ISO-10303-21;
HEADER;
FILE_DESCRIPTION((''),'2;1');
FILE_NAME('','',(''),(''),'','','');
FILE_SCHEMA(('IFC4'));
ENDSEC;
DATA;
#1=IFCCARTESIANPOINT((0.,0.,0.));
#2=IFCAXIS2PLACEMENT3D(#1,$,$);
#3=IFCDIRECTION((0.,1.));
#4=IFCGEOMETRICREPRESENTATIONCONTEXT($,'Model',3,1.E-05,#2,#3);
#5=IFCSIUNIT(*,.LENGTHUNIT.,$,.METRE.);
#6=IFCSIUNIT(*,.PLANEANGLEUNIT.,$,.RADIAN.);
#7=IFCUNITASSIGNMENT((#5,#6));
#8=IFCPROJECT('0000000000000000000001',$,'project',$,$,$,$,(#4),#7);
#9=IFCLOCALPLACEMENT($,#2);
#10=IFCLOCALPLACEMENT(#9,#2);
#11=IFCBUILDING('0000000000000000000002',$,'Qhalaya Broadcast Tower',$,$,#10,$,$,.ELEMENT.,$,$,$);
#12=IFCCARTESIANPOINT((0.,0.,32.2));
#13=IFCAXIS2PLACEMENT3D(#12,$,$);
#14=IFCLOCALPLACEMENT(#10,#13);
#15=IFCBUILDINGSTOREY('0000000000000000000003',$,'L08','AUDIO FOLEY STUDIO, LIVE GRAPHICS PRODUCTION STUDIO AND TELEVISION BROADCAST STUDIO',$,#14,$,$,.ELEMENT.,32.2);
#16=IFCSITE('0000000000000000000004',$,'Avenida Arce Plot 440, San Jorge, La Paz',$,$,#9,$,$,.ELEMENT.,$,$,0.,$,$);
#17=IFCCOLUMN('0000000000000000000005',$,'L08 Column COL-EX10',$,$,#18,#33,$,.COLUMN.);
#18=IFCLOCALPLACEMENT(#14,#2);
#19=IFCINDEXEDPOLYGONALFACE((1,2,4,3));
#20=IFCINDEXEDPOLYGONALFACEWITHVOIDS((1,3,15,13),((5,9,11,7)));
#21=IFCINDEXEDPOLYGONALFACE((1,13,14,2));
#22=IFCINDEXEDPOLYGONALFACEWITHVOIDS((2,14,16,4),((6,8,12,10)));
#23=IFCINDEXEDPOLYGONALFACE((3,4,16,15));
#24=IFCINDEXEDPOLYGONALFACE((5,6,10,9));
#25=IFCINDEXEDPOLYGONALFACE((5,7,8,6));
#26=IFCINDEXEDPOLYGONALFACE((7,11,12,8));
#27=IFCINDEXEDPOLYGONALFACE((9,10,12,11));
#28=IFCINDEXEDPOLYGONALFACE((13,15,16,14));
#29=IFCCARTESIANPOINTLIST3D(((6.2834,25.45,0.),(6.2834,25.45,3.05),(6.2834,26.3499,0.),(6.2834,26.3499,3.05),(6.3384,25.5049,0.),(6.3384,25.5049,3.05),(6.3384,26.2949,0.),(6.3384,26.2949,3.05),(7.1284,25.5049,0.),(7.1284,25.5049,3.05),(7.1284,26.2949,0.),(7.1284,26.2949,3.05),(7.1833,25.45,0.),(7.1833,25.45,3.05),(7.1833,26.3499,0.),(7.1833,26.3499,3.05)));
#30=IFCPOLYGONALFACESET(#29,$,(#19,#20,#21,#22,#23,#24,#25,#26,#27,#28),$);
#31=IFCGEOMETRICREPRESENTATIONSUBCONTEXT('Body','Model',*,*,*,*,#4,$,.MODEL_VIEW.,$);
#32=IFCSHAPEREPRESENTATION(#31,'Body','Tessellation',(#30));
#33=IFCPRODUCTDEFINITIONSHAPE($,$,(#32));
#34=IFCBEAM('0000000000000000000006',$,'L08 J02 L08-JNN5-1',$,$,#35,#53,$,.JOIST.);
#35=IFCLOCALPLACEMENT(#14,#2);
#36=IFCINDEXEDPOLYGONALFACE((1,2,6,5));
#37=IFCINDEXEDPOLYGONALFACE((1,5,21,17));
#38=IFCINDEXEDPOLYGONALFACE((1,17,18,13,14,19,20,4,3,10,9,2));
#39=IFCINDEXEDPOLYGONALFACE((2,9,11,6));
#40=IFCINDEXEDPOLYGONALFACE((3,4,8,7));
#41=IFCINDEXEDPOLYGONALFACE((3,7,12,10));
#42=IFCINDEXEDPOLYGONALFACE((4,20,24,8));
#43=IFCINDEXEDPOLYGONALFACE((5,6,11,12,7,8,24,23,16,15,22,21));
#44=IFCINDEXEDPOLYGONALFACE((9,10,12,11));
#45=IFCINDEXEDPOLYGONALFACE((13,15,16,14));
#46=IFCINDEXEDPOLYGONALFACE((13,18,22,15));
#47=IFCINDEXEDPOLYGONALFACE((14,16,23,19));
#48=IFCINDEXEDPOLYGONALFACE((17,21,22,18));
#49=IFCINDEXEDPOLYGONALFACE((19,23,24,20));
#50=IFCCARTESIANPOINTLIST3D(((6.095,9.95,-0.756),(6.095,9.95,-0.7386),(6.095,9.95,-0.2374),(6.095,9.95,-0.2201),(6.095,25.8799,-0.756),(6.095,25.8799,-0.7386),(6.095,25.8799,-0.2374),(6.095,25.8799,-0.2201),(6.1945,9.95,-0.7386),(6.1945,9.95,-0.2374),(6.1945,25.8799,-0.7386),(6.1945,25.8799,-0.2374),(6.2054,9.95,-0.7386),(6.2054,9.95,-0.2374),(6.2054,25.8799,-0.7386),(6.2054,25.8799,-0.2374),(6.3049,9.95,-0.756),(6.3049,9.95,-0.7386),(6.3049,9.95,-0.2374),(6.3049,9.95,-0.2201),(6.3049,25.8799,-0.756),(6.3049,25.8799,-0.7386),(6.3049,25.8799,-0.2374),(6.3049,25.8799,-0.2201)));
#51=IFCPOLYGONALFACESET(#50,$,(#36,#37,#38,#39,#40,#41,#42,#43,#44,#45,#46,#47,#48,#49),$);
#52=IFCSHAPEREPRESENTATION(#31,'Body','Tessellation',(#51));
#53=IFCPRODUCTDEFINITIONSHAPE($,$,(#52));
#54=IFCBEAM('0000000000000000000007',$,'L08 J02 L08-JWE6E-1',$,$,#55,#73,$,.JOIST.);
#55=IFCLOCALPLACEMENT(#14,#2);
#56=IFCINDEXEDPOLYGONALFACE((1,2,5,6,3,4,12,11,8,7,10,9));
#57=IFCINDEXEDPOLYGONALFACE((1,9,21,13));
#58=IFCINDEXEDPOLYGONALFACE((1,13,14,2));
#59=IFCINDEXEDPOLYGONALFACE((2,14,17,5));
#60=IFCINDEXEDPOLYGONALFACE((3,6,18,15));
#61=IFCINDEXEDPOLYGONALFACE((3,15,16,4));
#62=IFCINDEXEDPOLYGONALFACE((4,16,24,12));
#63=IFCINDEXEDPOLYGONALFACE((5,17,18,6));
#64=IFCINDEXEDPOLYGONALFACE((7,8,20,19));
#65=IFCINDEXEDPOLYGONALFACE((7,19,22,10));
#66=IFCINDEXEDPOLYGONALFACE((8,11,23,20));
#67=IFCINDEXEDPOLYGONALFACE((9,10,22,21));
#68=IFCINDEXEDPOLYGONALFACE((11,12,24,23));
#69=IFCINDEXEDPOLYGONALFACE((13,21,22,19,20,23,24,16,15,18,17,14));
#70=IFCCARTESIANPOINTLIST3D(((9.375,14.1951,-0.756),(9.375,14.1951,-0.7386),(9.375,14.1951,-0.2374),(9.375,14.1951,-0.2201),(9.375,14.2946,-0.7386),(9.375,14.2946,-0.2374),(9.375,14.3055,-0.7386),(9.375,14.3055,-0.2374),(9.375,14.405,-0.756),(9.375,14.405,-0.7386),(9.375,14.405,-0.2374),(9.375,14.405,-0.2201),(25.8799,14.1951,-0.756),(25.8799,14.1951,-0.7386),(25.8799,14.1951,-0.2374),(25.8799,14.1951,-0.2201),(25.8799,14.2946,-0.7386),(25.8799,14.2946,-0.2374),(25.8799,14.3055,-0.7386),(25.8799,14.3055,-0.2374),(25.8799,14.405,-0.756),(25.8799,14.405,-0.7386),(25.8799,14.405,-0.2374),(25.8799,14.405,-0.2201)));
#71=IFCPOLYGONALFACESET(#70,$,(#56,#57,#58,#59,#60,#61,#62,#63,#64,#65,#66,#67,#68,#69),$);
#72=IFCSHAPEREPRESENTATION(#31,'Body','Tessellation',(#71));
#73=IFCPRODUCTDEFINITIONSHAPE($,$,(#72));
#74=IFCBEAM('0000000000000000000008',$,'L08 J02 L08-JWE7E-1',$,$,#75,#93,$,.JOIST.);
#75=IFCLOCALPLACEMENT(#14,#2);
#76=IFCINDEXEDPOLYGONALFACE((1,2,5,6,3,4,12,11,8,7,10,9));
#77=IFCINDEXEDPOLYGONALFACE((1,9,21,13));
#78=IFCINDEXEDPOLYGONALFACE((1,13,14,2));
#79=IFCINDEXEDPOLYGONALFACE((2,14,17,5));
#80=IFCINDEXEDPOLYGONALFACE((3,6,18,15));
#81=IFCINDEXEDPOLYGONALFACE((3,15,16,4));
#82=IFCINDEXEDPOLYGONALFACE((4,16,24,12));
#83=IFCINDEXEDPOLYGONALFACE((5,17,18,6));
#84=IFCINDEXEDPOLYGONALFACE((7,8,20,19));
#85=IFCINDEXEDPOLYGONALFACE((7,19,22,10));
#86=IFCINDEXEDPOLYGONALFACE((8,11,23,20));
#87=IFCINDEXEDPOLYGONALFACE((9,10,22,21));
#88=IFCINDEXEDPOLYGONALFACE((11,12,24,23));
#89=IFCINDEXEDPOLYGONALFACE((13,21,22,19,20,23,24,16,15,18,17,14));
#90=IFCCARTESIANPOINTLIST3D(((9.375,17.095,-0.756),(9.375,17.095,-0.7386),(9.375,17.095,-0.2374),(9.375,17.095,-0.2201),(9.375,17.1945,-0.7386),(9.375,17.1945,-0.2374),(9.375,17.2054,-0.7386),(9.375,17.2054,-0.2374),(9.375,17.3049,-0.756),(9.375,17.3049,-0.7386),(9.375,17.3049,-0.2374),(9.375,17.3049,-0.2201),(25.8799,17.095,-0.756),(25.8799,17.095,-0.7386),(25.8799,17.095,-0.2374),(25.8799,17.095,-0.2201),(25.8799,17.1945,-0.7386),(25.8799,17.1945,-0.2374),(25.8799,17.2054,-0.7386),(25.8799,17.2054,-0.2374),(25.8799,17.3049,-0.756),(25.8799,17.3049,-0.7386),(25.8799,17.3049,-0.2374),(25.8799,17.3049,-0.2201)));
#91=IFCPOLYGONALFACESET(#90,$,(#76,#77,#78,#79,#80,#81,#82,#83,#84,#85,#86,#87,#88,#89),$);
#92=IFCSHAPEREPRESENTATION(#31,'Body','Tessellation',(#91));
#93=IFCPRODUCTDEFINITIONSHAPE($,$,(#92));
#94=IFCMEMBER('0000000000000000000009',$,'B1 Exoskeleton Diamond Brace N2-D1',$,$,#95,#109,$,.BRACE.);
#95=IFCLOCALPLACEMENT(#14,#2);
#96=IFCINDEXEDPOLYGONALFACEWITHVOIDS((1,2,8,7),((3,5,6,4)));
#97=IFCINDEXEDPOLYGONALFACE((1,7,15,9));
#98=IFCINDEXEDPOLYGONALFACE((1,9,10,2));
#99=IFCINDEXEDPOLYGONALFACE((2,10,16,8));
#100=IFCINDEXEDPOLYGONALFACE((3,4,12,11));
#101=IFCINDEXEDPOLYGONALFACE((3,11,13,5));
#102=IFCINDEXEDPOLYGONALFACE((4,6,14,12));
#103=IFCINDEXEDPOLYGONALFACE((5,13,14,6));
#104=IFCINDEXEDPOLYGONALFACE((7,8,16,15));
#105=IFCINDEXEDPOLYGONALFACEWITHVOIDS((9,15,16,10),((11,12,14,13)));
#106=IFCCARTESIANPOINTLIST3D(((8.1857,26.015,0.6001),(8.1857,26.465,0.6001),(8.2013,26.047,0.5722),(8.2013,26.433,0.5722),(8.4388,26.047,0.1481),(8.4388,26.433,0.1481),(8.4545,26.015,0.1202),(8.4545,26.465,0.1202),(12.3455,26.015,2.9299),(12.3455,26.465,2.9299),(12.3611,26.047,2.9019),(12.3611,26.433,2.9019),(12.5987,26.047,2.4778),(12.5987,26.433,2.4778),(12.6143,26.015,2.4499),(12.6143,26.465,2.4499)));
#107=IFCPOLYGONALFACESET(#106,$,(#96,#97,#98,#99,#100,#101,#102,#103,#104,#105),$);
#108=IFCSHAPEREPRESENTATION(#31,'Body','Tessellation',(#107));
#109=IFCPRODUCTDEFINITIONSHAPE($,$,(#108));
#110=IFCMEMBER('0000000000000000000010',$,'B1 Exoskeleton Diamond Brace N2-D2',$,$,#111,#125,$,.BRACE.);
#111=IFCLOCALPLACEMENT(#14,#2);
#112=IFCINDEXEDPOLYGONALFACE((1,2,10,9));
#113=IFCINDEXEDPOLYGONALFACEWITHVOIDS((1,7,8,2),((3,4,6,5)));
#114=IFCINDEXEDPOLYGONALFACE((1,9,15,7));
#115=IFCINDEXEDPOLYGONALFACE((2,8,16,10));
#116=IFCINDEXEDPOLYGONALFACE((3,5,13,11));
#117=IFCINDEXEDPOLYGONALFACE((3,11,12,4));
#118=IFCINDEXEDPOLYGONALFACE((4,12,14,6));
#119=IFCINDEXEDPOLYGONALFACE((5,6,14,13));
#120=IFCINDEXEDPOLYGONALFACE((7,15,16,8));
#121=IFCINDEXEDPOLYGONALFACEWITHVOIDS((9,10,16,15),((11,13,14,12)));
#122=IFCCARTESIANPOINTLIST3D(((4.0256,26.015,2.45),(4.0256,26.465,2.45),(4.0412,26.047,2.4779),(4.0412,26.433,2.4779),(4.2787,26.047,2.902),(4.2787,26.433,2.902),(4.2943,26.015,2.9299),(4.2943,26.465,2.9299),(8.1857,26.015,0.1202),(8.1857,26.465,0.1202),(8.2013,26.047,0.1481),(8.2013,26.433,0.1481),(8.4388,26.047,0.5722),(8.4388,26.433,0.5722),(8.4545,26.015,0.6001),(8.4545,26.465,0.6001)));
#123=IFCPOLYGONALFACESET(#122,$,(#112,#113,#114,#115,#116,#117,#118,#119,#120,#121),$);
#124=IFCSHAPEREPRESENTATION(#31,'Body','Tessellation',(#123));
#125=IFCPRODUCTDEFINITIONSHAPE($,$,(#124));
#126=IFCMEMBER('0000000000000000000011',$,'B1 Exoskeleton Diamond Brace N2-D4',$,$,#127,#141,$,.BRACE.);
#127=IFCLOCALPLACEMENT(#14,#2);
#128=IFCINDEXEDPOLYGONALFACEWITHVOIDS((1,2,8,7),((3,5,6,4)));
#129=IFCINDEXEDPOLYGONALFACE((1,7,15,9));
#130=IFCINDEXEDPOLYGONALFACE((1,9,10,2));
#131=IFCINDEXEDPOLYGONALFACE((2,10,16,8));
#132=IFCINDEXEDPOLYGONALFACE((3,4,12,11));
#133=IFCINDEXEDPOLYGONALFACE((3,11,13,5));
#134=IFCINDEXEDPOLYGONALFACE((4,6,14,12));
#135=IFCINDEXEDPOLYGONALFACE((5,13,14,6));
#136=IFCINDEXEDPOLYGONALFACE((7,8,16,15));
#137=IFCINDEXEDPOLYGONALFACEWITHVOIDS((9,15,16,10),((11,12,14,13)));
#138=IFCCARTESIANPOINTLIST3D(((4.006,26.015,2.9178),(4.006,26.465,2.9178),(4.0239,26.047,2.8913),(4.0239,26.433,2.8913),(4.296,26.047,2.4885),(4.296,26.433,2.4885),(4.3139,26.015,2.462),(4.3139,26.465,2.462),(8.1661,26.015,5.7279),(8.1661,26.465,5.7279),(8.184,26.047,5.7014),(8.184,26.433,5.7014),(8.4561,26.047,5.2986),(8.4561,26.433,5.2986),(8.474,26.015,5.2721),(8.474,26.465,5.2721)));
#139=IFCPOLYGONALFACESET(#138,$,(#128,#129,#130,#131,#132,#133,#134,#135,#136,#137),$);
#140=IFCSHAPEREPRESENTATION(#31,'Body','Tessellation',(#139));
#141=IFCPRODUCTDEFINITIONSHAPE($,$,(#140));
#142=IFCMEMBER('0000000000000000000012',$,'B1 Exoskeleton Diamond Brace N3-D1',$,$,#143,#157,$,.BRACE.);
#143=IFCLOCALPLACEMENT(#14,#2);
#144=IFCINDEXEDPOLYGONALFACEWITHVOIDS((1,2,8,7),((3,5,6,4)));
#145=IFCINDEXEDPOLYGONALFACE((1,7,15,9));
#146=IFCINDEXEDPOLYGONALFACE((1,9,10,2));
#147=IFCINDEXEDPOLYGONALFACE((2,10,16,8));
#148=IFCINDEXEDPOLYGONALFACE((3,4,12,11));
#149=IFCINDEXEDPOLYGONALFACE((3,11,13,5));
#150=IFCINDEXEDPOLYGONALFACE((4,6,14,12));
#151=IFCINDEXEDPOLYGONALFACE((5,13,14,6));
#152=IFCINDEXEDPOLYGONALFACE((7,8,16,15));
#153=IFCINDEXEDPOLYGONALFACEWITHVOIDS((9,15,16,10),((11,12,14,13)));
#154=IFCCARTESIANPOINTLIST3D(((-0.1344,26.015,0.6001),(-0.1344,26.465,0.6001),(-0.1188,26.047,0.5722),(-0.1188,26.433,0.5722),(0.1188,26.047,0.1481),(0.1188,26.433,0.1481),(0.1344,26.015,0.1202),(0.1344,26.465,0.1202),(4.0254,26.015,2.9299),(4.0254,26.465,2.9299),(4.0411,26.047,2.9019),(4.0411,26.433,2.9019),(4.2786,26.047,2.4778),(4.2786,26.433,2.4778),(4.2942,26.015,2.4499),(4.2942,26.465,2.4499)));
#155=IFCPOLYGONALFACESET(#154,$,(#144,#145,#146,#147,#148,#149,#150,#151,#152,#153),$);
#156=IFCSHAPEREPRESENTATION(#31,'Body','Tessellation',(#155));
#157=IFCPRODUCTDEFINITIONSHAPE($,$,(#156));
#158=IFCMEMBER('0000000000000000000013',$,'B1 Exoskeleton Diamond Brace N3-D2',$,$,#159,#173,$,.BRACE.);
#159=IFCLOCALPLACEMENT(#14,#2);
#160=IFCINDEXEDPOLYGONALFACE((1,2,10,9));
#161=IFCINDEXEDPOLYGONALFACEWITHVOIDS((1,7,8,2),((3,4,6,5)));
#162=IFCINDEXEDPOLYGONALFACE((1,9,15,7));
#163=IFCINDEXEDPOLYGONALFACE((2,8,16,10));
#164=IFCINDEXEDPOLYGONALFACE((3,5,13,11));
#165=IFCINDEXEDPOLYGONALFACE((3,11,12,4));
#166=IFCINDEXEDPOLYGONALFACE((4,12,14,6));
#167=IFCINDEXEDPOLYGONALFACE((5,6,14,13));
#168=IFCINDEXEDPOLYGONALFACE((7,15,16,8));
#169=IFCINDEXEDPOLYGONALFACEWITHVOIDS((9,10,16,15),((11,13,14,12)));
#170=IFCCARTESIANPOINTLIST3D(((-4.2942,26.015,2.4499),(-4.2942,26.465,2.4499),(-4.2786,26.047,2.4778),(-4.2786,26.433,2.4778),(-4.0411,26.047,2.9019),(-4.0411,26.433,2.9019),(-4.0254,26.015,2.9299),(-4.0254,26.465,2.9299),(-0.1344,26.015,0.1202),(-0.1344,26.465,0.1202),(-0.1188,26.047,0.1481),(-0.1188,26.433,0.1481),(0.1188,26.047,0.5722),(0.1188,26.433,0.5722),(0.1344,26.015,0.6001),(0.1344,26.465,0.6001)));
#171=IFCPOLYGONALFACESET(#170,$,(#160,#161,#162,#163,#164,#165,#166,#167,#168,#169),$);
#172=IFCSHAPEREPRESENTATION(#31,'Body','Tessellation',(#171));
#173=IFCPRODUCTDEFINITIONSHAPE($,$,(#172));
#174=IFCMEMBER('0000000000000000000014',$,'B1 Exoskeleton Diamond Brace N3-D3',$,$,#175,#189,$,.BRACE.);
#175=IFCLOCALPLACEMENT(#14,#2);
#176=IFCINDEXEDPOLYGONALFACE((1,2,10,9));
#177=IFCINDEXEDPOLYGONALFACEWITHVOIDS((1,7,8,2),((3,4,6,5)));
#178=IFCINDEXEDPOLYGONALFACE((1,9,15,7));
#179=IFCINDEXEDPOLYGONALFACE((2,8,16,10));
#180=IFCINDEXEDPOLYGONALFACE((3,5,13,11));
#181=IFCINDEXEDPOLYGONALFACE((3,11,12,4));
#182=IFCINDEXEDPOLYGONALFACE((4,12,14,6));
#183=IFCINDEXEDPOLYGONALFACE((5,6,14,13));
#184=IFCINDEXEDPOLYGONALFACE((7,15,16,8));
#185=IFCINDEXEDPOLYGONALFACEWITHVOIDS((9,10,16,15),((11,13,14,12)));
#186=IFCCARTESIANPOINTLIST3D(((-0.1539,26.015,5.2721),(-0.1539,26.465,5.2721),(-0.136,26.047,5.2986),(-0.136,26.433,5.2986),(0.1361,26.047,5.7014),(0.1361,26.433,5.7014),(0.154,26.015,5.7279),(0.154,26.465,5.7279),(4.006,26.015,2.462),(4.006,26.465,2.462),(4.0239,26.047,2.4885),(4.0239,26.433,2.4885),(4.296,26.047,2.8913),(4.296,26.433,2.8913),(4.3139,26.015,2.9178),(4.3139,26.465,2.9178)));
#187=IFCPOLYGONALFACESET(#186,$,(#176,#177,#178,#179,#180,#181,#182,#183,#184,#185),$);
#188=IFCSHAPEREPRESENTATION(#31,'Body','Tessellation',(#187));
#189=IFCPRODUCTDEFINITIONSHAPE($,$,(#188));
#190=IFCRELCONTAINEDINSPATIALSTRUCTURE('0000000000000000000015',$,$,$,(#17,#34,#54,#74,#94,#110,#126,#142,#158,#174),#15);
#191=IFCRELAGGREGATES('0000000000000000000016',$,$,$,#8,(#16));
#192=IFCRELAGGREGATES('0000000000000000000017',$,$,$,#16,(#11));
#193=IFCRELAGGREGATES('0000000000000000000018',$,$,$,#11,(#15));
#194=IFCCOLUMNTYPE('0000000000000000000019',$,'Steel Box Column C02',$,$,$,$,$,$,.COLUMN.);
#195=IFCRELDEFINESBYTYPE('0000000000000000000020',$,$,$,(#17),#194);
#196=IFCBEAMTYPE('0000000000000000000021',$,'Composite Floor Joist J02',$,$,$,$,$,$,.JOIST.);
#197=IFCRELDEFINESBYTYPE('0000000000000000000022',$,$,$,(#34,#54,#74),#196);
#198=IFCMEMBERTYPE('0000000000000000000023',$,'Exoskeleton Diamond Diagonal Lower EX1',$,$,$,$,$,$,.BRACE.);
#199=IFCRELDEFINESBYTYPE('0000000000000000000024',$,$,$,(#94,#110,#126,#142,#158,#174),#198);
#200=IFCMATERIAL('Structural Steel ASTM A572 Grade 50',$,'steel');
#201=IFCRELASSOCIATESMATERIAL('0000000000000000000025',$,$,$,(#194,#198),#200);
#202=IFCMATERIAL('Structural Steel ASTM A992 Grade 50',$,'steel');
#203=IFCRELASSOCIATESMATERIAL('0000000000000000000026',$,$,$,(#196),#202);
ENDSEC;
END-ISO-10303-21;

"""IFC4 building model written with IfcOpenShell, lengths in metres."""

from ifc_helpers import new_model, si_unit, direction, frame, origin, origin_2d, place, context, subcontext, project, spatial, hollow_rectangle, i_section, extrude, material, material_profile, profile_set, type_object, element, save


model = new_model("IFC4")

# Units and contexts
model_context = context("Model", 3, precision=1e-05, world=origin(), true_north=direction((0.0, 1.0)))
body_context = subcontext(model_context, "Body", "Model", "MODEL_VIEW")
ifc_project = project(units=[si_unit("LENGTHUNIT", "METRE"), si_unit("PLANEANGLEUNIT", "RADIAN")], contexts=[model_context])

# Site, building, storey
site_placement = place(None, origin())
site = spatial("IfcSite", under=ifc_project, at=site_placement, Name="Avenida Arce Plot 440, San Jorge, La Paz", CompositionType="ELEMENT", RefElevation=0.0)
building_placement = place(site_placement, origin())
building = spatial("IfcBuilding", under=site, at=building_placement, Name="Qhalaya Broadcast Tower", CompositionType="ELEMENT")
storey_placement = place(building_placement, frame((0.0, 0.0, 32.2)))
storey = spatial("IfcBuildingStorey", under=building, at=storey_placement, Name="L08", Description="AUDIO FOLEY STUDIO, LIVE GRAPHICS PRODUCTION STUDIO AND TELEVISION BROADCAST STUDIO", CompositionType="ELEMENT", Elevation=32.2)

# Column
ifc_material_1 = material(Name="Structural Steel ASTM A572 Grade 50", Category="steel")
ifc_material_profile_1 = material_profile(ifc_material_1, hollow_rectangle(XDim=0.8999, YDim=0.8999, WallThickness=0.0549, at=origin_2d()), Name="BOX 900x900x55")
ifc_profile_set_1 = profile_set([ifc_material_profile_1], Name="Structural Steel ASTM A572 Grade 50")
column_type = type_object("IfcColumnType", Name="Steel Box Column C02", PredefinedType="COLUMN", material=ifc_profile_set_1)
column_placement = place(storey_placement, frame((6.7334, 25.8999, 0.0), z_axis=(0.0, 0.0, 1.0), x_axis=(1.0, 0.0, 0.0)))
element("IfcColumn", 1, at=column_placement, inside=storey, type_object=column_type, Name="L08 Column COL-EX10", PredefinedType="COLUMN", context=body_context, shape_type="SweptSolid", body=[
    extrude(hollow_rectangle(XDim=0.8999, YDim=0.8999, WallThickness=0.0549, at=origin_2d()), origin(), (0.0, 0.0, 1.0), 3.05),
])

# Beams
ifc_material_2 = material(Name="Structural Steel ASTM A992 Grade 50", Category="steel")
ifc_material_profile_2 = material_profile(ifc_material_2, i_section(OverallWidth=0.21, OverallDepth=0.5359, WebThickness=0.011, FlangeThickness=0.0173, at=origin_2d()), Name="W21X68")
ifc_profile_set_2 = profile_set([ifc_material_profile_2], Name="Structural Steel ASTM A992 Grade 50")
beam_type_1 = type_object("IfcBeamType", Name="Composite Floor Joist J02", PredefinedType="JOIST", material=ifc_profile_set_2)
beam_1_placement = place(storey_placement, frame((6.2, 9.95, -0.488), z_axis=(0.0, 1.0, 0.0), x_axis=(-1.0, 0.0, 0.0)))
element("IfcBeam", 2, at=beam_1_placement, inside=storey, type_object=beam_type_1, Name="L08 J02 L08-JNN5-1", PredefinedType="JOIST", context=body_context, shape_type="SweptSolid", body=[
    extrude(i_section(OverallWidth=0.21, OverallDepth=0.5359, WebThickness=0.011, FlangeThickness=0.0173, at=origin_2d()), origin(), (0.0, 0.0, 1.0), 15.9299),
])
for number, where, z_axis, x_axis, name in (
    (3, (9.375, 14.3, -0.488), (1.0, 0.0, 0.0), (0.0, 1.0, 0.0), "L08 J02 L08-JWE6E-1"),
    (4, (9.375, 17.2, -0.488), (1.0, 0.0, 0.0), (0.0, 1.0, 0.0), "L08 J02 L08-JWE7E-1"),
):
    element("IfcBeam", number, at=place(storey_placement, frame(where, z_axis=z_axis, x_axis=x_axis)), inside=storey, type_object=beam_type_1, Name=name, PredefinedType="JOIST", context=body_context, shape_type="SweptSolid", body=[
        extrude(i_section(OverallWidth=0.21, OverallDepth=0.5359, WebThickness=0.011, FlangeThickness=0.0173, at=origin_2d()), origin(), (0.0, 0.0, 1.0), 16.5049),
    ])

# Members
ifc_material_profile_3 = material_profile(ifc_material_1, hollow_rectangle(XDim=0.45, YDim=0.55, WallThickness=0.032, at=origin_2d()), Name="BOX 450x550x32")
ifc_profile_set_3 = profile_set([ifc_material_profile_3], Name="Structural Steel ASTM A572 Grade 50")
member_type = type_object("IfcMemberType", Name="Exoskeleton Diamond Diagonal Lower EX1", PredefinedType="BRACE", material=ifc_profile_set_3)
member_1_placement = place(storey_placement, frame((8.3201, 26.24, 0.3601), z_axis=(0.872481, 0.0, 0.488649), x_axis=(0.0, 1.0, 0.0)))
element("IfcMember", 5, at=member_1_placement, inside=storey, type_object=member_type, Name="B1 Exoskeleton Diamond Brace N2-D1", PredefinedType="BRACE", context=body_context, shape_type="SweptSolid", body=[
    extrude(hollow_rectangle(XDim=0.45, YDim=0.55, WallThickness=0.032, at=origin_2d()), origin(), (0.0, 0.0, 1.0), 4.7678),
])
member_2_placement = place(storey_placement, frame((8.3201, 26.24, 0.3601), z_axis=(-0.872493, 0.0, 0.488627), x_axis=(0.0, -1.0, 0.0)))
element("IfcMember", 6, at=member_2_placement, inside=storey, type_object=member_type, Name="B1 Exoskeleton Diamond Brace N2-D2", PredefinedType="BRACE", context=body_context, shape_type="SweptSolid", body=[
    extrude(hollow_rectangle(XDim=0.45, YDim=0.55, WallThickness=0.032, at=origin_2d()), origin(), (0.0, 0.0, 1.0), 4.7681),
])
member_3_placement = place(storey_placement, frame((4.1599, 26.24, 2.6899), z_axis=(0.828668, 0.0, 0.55974), x_axis=(0.0, 1.0, 0.0)))
element("IfcMember", 7, at=member_3_placement, inside=storey, type_object=member_type, Name="B1 Exoskeleton Diamond Brace N2-D4", PredefinedType="BRACE", context=body_context, shape_type="SweptSolid", body=[
    extrude(hollow_rectangle(XDim=0.45, YDim=0.55, WallThickness=0.032, at=origin_2d()), origin(), (0.0, 0.0, 1.0), 5.0203),
])
for number, where, z_axis, x_axis, name in (
    (8, (0.0, 26.24, 0.3601), (0.872481, 0.0, 0.488649), (0.0, 1.0, 0.0), "B1 Exoskeleton Diamond Brace N3-D1"),
    (9, (0.0, 26.24, 0.3601), (-0.872481, 0.0, 0.488649), (0.0, -1.0, 0.0), "B1 Exoskeleton Diamond Brace N3-D2"),
):
    element("IfcMember", number, at=place(storey_placement, frame(where, z_axis=z_axis, x_axis=x_axis)), inside=storey, type_object=member_type, Name=name, PredefinedType="BRACE", context=body_context, shape_type="SweptSolid", body=[
        extrude(hollow_rectangle(XDim=0.45, YDim=0.55, WallThickness=0.032, at=origin_2d()), origin(), (0.0, 0.0, 1.0), 4.7678),
    ])
member_4_placement = place(storey_placement, frame((4.1599, 26.24, 2.6899), z_axis=(-0.828653, 0.0, 0.559763), x_axis=(0.0, -1.0, 0.0)))
element("IfcMember", 10, at=member_4_placement, inside=storey, type_object=member_type, Name="B1 Exoskeleton Diamond Brace N3-D3", PredefinedType="BRACE", context=body_context, shape_type="SweptSolid", body=[
    extrude(hollow_rectangle(XDim=0.45, YDim=0.55, WallThickness=0.032, at=origin_2d()), origin(), (0.0, 0.0, 1.0), 5.02),
])

save(model, "model.ifc")
